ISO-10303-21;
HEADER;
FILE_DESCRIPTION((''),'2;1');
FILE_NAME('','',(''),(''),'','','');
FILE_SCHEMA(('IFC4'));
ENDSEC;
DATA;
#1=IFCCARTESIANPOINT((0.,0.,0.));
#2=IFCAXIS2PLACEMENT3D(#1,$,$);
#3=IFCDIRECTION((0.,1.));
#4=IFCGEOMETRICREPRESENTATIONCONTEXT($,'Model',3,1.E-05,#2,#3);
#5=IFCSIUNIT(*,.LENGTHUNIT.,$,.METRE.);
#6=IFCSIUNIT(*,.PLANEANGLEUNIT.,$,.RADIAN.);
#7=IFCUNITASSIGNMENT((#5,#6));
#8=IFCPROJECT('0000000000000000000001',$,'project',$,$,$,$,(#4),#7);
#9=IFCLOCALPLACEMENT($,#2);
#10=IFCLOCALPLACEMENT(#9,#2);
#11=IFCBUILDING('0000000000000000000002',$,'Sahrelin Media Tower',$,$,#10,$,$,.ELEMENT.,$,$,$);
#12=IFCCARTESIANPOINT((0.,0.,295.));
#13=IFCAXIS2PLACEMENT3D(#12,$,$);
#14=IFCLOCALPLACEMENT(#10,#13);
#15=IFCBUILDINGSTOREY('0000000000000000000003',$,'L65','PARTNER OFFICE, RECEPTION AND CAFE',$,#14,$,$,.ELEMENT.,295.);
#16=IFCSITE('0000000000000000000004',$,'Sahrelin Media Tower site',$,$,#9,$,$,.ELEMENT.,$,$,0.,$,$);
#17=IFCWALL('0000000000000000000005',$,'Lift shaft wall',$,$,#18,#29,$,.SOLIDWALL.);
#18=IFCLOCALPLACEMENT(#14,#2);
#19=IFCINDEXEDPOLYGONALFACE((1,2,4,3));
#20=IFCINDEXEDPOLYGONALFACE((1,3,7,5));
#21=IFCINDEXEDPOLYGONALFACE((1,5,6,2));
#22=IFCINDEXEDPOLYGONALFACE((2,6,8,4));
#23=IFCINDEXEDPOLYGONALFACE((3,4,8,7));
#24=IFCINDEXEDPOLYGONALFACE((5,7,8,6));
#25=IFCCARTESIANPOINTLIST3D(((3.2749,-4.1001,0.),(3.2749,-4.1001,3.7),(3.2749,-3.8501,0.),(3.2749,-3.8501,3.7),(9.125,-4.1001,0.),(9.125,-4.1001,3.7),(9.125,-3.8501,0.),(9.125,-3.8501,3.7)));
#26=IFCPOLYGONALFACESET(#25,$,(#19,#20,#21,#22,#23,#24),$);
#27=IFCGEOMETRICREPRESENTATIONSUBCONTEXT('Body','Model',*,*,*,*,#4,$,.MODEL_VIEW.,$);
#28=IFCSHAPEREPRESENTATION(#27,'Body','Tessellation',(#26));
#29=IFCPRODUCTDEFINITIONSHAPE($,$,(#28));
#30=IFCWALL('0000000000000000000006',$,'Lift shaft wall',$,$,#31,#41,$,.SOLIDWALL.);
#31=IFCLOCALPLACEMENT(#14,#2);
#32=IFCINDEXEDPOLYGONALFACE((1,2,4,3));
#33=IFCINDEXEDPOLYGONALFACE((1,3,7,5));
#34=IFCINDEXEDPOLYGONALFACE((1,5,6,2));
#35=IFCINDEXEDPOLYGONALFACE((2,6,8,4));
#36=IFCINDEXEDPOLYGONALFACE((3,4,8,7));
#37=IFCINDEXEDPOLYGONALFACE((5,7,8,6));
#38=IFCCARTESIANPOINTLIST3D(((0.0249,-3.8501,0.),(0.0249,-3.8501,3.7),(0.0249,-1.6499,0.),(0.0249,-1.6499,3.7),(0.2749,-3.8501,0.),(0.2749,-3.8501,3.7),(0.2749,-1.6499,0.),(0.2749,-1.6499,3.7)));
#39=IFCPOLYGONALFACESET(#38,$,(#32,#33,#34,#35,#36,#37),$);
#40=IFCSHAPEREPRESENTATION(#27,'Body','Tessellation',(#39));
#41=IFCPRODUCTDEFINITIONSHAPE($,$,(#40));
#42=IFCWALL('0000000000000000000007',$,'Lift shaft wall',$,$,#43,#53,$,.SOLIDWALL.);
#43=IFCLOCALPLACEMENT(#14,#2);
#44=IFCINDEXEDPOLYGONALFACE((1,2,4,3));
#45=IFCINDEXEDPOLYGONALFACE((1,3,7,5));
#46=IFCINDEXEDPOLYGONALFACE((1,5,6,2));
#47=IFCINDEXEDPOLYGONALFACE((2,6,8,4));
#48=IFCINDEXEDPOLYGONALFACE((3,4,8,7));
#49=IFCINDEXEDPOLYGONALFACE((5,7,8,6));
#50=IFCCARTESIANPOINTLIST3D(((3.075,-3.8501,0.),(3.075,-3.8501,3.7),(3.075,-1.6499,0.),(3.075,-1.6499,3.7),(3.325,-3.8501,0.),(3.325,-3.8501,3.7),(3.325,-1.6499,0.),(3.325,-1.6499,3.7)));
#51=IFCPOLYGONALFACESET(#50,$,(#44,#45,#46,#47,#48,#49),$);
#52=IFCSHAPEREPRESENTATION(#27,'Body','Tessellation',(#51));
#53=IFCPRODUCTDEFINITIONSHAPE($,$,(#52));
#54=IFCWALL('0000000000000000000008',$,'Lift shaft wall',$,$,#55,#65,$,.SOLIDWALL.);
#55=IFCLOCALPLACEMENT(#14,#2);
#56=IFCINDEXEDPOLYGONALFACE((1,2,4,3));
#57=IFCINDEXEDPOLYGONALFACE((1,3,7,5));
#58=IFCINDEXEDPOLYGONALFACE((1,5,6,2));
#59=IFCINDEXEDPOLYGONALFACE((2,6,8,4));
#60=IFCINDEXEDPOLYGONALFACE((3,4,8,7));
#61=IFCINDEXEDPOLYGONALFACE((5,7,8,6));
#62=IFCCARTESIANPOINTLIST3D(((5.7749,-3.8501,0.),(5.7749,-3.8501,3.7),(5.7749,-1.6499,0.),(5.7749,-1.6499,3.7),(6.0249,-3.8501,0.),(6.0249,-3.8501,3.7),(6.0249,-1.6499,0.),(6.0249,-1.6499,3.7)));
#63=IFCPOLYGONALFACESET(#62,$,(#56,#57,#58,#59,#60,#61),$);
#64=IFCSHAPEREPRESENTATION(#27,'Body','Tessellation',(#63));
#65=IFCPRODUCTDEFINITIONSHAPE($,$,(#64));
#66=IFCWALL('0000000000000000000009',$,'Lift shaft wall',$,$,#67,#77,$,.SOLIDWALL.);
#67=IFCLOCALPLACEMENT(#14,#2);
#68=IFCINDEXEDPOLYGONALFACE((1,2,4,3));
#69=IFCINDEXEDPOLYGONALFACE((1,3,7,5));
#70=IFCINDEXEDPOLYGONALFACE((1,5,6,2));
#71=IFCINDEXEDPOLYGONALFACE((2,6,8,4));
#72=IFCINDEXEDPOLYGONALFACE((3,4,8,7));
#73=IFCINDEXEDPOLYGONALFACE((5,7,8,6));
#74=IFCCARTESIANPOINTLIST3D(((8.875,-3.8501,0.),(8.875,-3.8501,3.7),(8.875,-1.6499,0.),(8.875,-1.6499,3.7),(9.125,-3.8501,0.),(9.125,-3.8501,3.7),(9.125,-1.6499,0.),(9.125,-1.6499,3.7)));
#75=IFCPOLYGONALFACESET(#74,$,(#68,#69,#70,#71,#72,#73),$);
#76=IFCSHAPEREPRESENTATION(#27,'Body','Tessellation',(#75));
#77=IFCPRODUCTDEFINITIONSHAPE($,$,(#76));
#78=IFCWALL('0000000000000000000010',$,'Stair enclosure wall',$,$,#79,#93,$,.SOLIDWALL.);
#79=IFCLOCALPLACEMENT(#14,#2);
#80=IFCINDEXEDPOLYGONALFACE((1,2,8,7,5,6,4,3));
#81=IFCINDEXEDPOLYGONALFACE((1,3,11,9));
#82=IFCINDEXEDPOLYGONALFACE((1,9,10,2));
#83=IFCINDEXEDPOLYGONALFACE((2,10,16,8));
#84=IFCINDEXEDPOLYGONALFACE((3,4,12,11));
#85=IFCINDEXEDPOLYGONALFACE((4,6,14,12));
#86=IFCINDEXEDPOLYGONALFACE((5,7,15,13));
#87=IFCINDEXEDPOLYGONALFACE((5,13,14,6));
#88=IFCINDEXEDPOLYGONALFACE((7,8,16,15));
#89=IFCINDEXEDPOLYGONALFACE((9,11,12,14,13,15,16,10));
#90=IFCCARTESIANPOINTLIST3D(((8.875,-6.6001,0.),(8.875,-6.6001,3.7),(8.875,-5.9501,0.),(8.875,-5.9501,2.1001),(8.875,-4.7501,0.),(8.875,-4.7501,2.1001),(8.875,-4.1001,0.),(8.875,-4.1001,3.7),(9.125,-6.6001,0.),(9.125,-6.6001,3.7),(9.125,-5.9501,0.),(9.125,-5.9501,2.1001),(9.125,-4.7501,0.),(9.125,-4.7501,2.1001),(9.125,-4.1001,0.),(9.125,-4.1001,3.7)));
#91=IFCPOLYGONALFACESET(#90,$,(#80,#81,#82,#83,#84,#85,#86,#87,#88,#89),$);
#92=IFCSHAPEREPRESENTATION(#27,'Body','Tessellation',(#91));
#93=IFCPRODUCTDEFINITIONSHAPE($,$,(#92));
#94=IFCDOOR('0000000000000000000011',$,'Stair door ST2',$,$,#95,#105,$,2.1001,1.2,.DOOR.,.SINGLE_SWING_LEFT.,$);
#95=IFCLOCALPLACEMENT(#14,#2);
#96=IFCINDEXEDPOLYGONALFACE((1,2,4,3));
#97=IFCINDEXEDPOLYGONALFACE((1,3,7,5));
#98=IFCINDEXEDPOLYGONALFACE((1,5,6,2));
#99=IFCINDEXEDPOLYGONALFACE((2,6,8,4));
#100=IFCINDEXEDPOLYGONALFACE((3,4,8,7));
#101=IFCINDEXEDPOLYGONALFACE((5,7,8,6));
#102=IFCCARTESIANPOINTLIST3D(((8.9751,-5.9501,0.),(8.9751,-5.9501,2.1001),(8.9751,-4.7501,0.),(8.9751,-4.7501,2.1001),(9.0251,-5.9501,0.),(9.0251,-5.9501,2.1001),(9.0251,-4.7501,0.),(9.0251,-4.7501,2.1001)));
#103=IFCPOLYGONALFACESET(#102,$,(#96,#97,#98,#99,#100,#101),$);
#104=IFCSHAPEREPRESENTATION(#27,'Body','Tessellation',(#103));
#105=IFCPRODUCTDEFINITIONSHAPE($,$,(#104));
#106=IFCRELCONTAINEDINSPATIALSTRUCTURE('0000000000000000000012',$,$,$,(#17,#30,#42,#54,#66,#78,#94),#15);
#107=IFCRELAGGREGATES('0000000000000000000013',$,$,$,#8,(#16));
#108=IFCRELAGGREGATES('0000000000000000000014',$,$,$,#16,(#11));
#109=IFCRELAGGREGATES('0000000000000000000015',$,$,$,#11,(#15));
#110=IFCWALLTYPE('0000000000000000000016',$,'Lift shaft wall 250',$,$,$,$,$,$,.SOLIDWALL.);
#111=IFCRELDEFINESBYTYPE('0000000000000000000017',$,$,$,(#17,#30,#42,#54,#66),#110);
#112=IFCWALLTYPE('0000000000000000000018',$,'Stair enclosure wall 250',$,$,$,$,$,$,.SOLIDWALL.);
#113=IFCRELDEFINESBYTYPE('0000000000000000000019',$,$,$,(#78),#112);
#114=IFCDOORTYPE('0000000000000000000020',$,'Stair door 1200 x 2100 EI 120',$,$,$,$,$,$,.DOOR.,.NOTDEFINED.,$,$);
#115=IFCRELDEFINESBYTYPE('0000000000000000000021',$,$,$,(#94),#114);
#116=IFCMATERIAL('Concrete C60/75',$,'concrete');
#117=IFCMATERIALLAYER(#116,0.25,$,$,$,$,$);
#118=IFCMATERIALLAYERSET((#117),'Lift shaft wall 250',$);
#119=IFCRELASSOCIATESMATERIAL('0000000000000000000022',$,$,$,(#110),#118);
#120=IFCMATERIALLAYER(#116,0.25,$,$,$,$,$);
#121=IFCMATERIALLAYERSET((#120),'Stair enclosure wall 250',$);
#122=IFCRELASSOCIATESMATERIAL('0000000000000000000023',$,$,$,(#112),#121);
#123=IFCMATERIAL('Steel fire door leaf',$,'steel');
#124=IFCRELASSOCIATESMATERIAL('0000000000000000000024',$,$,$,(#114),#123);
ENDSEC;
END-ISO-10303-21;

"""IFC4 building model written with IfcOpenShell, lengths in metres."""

from ifc_helpers import new_model, si_unit, direction, frame, frame_2d, origin, place, context, subcontext, project, spatial, rectangle, extrude, material, layer, layer_set, type_object, element, fill, save


model = new_model("IFC4")

# Units and contexts
model_context = context("Model", 3, precision=1e-05, world=origin(), true_north=direction((0.0, 1.0)))
body_context = subcontext(model_context, "Body", "Model", "MODEL_VIEW")
ifc_project = project(units=[si_unit("LENGTHUNIT", "METRE"), si_unit("PLANEANGLEUNIT", "RADIAN")], contexts=[model_context])

# Site, building, storey
site_placement = place(None, origin())
site = spatial("IfcSite", under=ifc_project, at=site_placement, Name="Sahrelin Media Tower site", CompositionType="ELEMENT", RefElevation=0.0)
building_placement = place(site_placement, origin())
building = spatial("IfcBuilding", under=site, at=building_placement, Name="Sahrelin Media Tower", CompositionType="ELEMENT")
storey_placement = place(building_placement, frame((0.0, 0.0, 295.0)))
storey = spatial("IfcBuildingStorey", under=building, at=storey_placement, Name="L65", Description="PARTNER OFFICE, RECEPTION AND CAFE", CompositionType="ELEMENT", Elevation=295.0)

# Shared definitions
ifc_material_1 = material(Name="Concrete C60/75", Category="concrete")
ifc_material_2 = material(Name="Steel fire door leaf", Category="steel")

# Walls
ifc_layer_1 = layer(ifc_material_1, 0.25)
ifc_layer_set_1 = layer_set([ifc_layer_1], Name="Lift shaft wall 250")
wall_type_1 = type_object("IfcWallType", Name="Lift shaft wall 250", PredefinedType="SOLIDWALL", material=ifc_layer_set_1)
wall_1_placement = place(storey_placement, frame((3.2749, -3.9751, 0.0), z_axis=(0.0, 0.0, 1.0), x_axis=(1.0, 0.0, 0.0)))
element("IfcWall", 1, at=wall_1_placement, inside=storey, type_object=wall_type_1, Name="Lift shaft wall", PredefinedType="SOLIDWALL", context=body_context, shape_type="SweptSolid", body=[
    extrude(rectangle(XDim=5.8501, YDim=0.25, at=frame_2d((2.925, 0.0))), origin(), (0.0, 0.0, 1.0), 3.7),
])
for number, where, z_axis, x_axis, name in (
    (2, (0.1499, -3.8501, 0.0), (0.0, 0.0, 1.0), (0.0, 1.0, 0.0), "Lift shaft wall"),
    (3, (3.2, -3.8501, 0.0), (0.0, 0.0, 1.0), (0.0, 1.0, 0.0), "Lift shaft wall"),
    (4, (5.8999, -3.8501, 0.0), (0.0, 0.0, 1.0), (0.0, 1.0, 0.0), "Lift shaft wall"),
    (5, (9.0, -3.8501, 0.0), (0.0, 0.0, 1.0), (0.0, 1.0, 0.0), "Lift shaft wall"),
):
    element("IfcWall", number, at=place(storey_placement, frame(where, z_axis=z_axis, x_axis=x_axis)), inside=storey, type_object=wall_type_1, Name=name, PredefinedType="SOLIDWALL", context=body_context, shape_type="SweptSolid", body=[
        extrude(rectangle(XDim=2.2002, YDim=0.25, at=frame_2d((1.1001, 0.0))), origin(), (0.0, 0.0, 1.0), 3.7),
    ])

# Wall, opening, door
ifc_layer_2 = layer(ifc_material_1, 0.25)
ifc_layer_set_2 = layer_set([ifc_layer_2], Name="Stair enclosure wall 250")
wall_type_2 = type_object("IfcWallType", Name="Stair enclosure wall 250", PredefinedType="SOLIDWALL", material=ifc_layer_set_2)
wall_2_placement = place(storey_placement, frame((9.0, -6.6001, 0.0), z_axis=(0.0, 0.0, 1.0), x_axis=(0.0, 1.0, 0.0)))
wall_2 = element("IfcWall", 6, at=wall_2_placement, inside=storey, type_object=wall_type_2, Name="Stair enclosure wall", PredefinedType="SOLIDWALL", context=body_context, shape_type="SweptSolid", body=[
    extrude(rectangle(XDim=2.5, YDim=0.25, at=frame_2d((1.25, 0.0))), origin(), (0.0, 0.0, 1.0), 3.7),
])
opening_1_placement = place(wall_2_placement, frame((0.6499, 0.0, 0.0)))
opening_1 = element("IfcOpeningElement", 7, at=opening_1_placement, cuts=wall_2, PredefinedType="OPENING", context=body_context, shape_type="SweptSolid", body=[
    extrude(rectangle(XDim=1.2, YDim=2.1001, at=frame_2d((0.6001, 1.05))), frame((0.0, 0.125, 0.0), z_axis=(0.0, -1.0, 0.0), x_axis=(1.0, 0.0, 0.0)), (0.0, 0.0, 1.0), 0.25),
])
door_type_1 = type_object("IfcDoorType", Name="Stair door 1200 x 2100 EI 120", OperationType="NOTDEFINED", PredefinedType="DOOR", material=ifc_material_2)
door_1_placement = place(opening_1_placement, origin())
door_1 = element("IfcDoor", 8, at=door_1_placement, inside=storey, type_object=door_type_1, Name="Stair door ST2", OperationType="SINGLE_SWING_LEFT", OverallHeight=2.1001, OverallWidth=1.2, PredefinedType="DOOR", context=body_context, shape_type="SweptSolid", body=[
    extrude(rectangle(XDim=1.2, YDim=2.1001, at=frame_2d((0.6001, 1.05))), frame((0.0, 0.0249, 0.0), z_axis=(0.0, -1.0, 0.0), x_axis=(1.0, 0.0, 0.0)), (0.0, 0.0, 1.0), 0.05),
])
fill(opening_1, door_1)

save(model, "model.ifc")
